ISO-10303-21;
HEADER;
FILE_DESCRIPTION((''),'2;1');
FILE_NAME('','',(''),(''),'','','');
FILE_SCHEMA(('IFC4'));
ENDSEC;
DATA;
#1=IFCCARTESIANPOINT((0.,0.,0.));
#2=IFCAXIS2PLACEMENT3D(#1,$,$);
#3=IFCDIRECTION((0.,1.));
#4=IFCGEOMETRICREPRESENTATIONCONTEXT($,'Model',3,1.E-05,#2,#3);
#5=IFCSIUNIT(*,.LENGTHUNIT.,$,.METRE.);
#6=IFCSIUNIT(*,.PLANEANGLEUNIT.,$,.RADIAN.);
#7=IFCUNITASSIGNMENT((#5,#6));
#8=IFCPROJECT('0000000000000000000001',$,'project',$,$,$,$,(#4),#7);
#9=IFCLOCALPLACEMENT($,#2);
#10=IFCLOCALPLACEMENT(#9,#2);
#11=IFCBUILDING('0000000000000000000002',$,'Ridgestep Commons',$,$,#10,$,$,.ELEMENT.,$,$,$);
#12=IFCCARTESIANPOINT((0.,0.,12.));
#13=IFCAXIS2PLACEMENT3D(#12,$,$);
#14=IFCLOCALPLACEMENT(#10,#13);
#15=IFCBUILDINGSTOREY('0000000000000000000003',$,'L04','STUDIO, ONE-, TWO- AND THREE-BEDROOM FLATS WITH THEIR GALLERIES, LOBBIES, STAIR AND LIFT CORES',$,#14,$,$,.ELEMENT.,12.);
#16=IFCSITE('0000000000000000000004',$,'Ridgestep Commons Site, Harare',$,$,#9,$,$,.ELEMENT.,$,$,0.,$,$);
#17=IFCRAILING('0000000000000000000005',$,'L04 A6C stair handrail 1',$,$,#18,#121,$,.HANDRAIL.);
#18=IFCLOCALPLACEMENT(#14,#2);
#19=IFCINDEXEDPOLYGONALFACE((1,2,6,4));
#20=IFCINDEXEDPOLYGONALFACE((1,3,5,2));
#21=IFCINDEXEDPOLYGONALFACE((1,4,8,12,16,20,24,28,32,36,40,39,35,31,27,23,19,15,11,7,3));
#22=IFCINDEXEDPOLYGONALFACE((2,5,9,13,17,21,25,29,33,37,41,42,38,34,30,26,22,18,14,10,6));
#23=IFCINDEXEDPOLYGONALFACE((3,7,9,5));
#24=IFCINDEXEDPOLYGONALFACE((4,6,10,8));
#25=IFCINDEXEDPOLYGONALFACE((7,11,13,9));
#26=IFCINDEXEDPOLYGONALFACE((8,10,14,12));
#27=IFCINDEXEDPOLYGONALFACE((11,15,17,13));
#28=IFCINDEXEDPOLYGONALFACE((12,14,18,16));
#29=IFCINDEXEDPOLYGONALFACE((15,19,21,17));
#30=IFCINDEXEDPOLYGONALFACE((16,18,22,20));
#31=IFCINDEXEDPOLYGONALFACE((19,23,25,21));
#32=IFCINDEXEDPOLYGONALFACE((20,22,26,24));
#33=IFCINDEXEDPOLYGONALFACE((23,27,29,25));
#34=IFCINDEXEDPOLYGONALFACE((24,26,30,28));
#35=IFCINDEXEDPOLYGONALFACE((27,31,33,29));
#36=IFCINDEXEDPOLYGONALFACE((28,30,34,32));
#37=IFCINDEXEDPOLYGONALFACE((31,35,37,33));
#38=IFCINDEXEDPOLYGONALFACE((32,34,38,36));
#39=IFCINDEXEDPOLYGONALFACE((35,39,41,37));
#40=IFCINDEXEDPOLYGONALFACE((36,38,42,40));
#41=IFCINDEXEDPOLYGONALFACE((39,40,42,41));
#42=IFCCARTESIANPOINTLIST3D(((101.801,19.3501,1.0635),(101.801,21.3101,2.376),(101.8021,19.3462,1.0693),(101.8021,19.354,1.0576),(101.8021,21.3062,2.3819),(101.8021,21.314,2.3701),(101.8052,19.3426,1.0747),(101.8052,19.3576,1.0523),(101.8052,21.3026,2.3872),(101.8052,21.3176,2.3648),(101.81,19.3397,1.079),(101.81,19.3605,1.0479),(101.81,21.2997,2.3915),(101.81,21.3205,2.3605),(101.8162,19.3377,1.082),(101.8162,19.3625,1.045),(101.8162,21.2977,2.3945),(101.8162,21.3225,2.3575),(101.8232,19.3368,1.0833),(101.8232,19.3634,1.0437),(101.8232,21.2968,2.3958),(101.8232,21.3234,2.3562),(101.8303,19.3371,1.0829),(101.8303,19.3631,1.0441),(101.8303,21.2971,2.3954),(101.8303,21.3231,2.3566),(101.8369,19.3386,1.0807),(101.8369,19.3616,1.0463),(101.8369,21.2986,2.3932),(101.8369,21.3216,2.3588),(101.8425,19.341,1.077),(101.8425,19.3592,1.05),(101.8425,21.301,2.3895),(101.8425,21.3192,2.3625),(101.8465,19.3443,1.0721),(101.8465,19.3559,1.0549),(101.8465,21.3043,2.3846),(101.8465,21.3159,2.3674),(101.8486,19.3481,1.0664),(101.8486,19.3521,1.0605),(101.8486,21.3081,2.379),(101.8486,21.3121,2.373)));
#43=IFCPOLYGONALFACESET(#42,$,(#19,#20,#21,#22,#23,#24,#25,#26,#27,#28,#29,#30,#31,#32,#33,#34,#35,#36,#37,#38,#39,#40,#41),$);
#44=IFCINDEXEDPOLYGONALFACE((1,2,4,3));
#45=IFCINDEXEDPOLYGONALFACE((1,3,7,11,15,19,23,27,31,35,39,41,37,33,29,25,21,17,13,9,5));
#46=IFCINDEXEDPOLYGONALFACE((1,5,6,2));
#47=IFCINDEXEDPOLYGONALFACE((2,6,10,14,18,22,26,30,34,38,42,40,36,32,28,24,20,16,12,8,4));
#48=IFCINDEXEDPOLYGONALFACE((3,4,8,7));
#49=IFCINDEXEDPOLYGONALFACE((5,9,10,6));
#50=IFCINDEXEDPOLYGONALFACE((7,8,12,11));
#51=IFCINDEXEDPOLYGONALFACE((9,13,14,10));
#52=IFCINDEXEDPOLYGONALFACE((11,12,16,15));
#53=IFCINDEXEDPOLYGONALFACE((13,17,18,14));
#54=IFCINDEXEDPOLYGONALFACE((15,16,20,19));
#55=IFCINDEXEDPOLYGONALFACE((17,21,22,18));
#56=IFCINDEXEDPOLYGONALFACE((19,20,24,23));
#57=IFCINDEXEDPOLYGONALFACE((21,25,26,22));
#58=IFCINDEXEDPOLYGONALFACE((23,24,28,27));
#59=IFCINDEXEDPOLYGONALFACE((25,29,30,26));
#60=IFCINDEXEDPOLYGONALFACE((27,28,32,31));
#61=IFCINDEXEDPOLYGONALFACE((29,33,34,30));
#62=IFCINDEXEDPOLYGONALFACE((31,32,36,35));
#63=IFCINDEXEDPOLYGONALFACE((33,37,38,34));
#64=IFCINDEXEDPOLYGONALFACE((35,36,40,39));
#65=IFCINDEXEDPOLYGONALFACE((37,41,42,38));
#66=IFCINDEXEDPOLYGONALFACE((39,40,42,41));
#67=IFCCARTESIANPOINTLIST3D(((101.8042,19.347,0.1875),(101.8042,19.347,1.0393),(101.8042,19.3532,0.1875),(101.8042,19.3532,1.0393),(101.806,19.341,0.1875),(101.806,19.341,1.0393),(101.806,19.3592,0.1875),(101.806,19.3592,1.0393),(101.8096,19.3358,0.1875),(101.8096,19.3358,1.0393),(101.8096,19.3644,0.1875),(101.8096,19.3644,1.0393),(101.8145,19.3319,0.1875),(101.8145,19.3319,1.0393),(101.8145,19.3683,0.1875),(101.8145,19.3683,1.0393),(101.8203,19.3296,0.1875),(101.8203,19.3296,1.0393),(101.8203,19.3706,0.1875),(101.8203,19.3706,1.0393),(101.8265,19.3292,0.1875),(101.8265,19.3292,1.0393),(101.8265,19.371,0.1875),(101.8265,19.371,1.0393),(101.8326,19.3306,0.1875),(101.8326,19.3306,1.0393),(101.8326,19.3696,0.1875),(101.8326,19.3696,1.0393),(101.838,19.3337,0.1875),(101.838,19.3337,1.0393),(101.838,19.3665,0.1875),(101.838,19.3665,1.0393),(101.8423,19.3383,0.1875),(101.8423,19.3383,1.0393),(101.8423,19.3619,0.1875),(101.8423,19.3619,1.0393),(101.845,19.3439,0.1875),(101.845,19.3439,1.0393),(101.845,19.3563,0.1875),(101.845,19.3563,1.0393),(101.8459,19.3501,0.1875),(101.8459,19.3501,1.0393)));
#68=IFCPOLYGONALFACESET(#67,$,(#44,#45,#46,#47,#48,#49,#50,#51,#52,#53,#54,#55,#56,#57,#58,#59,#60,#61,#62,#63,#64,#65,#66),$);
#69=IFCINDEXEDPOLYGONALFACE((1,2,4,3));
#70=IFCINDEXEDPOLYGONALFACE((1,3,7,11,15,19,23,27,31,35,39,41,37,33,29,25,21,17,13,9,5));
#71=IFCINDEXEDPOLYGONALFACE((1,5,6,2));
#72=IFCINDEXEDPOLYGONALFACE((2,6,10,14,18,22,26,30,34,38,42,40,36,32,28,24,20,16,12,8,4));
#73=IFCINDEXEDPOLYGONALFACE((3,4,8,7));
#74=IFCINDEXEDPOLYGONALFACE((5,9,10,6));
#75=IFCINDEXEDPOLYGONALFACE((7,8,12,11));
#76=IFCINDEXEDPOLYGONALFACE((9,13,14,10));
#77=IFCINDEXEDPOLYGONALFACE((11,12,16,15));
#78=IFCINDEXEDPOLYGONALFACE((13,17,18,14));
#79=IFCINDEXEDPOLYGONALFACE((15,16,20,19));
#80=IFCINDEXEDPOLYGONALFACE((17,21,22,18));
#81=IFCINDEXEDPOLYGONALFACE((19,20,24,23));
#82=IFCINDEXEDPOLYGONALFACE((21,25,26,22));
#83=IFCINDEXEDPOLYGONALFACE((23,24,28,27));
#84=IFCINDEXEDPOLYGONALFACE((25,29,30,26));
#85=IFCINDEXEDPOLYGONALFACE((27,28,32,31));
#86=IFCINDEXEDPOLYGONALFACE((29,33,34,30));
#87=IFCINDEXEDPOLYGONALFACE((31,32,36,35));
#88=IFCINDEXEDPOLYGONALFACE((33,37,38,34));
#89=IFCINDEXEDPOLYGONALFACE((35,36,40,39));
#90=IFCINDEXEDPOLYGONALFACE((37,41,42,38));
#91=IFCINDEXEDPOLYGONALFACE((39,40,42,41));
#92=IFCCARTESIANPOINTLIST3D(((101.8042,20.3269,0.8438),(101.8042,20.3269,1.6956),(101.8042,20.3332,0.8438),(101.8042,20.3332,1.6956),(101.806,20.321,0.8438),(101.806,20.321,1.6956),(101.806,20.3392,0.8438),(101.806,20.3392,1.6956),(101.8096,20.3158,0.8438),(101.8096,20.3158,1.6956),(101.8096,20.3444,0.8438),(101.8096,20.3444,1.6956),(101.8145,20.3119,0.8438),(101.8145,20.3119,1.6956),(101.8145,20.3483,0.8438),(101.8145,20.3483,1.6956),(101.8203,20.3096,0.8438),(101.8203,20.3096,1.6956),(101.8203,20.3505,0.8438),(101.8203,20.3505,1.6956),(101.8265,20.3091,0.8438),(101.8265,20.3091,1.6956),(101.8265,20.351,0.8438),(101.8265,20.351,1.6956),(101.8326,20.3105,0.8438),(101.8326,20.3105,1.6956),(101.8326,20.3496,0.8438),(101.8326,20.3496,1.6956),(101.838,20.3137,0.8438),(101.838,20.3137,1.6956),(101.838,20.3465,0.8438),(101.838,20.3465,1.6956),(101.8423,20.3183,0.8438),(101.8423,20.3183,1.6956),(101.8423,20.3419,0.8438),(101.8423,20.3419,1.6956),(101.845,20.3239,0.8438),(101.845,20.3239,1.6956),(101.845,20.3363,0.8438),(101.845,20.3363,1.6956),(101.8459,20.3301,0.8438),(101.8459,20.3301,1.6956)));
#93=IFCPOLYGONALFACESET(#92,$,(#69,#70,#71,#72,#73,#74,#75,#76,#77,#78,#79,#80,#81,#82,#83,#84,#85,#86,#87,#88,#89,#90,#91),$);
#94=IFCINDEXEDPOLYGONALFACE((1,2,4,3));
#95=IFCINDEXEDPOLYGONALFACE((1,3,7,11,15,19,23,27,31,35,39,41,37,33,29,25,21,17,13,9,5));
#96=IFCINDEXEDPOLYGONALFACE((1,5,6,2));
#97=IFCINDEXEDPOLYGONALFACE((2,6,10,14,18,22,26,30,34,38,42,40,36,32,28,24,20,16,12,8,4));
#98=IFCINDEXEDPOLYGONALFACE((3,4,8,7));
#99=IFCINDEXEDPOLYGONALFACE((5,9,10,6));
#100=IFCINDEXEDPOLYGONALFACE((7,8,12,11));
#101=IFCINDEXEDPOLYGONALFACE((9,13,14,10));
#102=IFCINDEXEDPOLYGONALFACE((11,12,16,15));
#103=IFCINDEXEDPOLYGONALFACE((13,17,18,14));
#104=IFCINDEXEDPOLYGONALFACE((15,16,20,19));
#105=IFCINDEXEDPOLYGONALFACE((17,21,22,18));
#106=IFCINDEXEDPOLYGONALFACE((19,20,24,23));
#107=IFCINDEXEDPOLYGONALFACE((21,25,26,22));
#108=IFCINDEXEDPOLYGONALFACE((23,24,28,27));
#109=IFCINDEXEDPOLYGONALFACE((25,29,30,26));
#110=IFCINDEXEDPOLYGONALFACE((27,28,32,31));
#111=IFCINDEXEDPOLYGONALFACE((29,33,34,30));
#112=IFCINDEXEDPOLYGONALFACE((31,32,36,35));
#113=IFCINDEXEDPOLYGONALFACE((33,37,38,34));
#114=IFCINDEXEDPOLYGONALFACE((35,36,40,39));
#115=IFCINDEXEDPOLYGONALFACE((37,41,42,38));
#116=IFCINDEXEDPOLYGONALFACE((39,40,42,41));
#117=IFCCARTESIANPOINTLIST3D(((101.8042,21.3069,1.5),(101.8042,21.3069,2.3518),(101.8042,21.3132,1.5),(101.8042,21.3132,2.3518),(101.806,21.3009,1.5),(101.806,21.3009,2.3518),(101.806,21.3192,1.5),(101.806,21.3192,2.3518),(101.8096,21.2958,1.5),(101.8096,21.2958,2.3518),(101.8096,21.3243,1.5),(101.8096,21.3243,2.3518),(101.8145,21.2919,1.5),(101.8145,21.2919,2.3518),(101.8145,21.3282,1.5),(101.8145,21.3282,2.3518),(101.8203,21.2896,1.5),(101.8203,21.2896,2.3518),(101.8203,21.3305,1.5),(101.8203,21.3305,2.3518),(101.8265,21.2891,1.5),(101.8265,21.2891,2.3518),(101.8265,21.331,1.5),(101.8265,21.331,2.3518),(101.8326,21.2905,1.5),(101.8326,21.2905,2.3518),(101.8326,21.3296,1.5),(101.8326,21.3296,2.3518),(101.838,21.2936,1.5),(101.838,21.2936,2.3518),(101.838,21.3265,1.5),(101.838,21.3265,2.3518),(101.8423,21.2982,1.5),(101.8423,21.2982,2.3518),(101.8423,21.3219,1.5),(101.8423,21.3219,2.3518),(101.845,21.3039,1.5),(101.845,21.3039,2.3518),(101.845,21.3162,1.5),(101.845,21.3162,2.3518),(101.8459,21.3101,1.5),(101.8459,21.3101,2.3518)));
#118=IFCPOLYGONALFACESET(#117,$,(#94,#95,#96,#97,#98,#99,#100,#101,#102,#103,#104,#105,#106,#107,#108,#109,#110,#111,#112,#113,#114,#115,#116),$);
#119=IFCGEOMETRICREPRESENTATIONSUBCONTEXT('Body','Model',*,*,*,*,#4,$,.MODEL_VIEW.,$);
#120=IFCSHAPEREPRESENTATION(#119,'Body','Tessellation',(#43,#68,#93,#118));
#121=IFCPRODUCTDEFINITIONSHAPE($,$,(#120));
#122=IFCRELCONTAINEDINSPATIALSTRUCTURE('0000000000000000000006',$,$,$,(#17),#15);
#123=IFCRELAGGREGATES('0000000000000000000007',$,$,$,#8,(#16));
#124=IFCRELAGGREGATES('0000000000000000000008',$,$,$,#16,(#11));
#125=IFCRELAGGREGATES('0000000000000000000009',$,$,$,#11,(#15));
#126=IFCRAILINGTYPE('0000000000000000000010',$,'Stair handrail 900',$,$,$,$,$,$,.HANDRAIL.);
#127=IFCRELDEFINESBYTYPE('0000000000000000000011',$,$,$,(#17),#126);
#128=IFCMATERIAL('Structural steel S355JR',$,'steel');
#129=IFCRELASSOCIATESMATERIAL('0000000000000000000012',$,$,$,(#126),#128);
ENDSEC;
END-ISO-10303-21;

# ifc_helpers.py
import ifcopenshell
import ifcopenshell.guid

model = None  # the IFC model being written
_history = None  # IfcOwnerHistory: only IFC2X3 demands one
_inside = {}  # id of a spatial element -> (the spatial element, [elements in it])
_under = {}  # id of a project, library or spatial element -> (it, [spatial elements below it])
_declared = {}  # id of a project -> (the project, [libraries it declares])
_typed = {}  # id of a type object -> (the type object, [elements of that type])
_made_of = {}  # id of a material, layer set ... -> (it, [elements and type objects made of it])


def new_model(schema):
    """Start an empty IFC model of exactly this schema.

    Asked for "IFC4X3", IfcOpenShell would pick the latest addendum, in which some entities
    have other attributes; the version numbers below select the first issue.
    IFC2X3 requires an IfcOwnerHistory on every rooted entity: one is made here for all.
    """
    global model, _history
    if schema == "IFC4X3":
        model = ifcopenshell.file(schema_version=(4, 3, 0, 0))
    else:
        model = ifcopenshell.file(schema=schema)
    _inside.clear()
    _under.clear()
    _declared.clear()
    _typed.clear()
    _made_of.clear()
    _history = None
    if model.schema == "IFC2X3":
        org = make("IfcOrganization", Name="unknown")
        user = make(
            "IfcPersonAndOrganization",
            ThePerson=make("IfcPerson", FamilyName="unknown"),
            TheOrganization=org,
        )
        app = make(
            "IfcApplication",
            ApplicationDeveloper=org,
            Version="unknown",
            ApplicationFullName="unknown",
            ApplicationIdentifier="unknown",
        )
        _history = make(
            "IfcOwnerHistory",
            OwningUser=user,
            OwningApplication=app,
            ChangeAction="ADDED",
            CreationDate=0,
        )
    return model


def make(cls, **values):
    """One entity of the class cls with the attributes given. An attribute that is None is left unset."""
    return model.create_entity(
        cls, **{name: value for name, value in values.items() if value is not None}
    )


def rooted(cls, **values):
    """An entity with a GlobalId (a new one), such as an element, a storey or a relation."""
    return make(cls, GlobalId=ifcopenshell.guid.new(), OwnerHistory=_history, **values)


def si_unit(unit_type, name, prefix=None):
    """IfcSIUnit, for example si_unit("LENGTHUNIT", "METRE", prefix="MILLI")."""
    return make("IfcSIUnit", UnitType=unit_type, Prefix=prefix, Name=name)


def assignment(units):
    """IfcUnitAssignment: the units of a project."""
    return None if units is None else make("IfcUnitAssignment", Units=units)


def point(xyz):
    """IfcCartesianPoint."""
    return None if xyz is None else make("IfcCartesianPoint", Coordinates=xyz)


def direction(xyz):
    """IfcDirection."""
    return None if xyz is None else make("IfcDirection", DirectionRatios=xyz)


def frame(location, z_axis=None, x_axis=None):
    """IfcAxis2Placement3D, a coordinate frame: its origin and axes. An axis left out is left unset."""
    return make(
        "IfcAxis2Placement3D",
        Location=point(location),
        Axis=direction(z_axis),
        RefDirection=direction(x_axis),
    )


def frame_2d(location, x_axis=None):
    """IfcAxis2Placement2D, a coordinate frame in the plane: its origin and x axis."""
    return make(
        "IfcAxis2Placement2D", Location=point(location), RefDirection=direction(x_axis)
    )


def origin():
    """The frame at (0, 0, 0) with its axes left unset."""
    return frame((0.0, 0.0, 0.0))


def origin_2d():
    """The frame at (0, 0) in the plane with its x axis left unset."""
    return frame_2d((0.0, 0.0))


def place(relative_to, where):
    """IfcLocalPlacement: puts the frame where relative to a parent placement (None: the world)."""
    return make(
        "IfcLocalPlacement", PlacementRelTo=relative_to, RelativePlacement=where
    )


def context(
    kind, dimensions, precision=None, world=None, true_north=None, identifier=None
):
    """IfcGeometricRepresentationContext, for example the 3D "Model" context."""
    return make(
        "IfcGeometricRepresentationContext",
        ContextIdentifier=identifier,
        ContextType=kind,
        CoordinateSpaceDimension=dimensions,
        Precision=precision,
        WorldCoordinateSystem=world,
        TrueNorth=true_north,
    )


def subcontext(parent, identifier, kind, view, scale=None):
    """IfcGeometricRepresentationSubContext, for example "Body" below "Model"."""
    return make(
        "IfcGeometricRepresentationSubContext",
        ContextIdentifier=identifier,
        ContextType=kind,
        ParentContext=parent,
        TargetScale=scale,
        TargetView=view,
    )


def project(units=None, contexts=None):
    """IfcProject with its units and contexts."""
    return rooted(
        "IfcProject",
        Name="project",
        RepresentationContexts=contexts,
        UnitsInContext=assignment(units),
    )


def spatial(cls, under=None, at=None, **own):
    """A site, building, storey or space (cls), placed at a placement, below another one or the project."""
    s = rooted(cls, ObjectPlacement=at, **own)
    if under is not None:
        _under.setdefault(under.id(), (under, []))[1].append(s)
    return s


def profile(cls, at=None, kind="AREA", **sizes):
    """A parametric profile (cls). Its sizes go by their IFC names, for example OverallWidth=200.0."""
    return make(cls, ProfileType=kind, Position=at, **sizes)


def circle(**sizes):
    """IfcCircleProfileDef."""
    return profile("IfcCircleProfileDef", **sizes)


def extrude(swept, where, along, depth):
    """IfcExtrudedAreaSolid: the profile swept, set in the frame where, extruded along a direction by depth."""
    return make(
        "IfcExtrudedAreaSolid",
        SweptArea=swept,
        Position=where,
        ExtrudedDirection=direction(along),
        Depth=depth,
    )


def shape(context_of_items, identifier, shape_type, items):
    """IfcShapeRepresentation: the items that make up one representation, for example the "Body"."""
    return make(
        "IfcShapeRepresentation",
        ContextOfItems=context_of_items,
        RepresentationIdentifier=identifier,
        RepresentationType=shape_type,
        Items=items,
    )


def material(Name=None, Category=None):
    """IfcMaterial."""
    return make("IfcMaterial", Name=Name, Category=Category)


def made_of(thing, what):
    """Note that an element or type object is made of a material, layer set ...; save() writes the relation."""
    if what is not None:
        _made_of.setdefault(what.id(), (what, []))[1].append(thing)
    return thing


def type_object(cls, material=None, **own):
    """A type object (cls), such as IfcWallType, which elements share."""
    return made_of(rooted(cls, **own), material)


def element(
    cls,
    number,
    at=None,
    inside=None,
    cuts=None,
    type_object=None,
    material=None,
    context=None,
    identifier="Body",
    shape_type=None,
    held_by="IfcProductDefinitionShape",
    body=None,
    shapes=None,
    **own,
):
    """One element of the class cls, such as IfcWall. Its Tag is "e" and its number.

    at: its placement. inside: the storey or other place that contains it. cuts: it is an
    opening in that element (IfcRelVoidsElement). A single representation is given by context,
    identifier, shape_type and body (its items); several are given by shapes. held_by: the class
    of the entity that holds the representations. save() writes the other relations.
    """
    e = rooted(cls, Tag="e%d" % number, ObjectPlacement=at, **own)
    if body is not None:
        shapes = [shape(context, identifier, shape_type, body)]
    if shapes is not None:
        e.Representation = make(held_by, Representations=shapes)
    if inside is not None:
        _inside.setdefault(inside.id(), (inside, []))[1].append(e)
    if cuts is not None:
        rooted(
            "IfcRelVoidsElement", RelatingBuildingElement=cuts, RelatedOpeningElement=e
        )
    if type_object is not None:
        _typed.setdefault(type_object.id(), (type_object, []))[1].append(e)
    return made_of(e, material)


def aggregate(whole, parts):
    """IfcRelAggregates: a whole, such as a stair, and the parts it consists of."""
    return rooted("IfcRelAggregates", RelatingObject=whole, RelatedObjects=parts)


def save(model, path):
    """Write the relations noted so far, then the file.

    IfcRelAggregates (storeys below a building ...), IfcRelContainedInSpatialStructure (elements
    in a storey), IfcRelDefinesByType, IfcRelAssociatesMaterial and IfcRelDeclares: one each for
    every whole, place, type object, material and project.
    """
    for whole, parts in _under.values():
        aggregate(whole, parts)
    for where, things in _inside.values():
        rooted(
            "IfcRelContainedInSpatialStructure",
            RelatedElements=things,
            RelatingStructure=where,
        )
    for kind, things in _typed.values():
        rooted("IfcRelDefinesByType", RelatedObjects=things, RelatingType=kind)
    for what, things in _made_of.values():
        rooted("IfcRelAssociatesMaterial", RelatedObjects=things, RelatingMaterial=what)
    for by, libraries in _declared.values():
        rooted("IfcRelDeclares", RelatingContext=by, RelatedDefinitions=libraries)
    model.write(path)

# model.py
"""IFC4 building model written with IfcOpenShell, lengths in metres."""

from ifc_helpers import new_model, si_unit, direction, frame, origin, origin_2d, place, context, subcontext, project, spatial, circle, extrude, material, type_object, element, save


model = new_model("IFC4")

# Units and contexts
model_context = context("Model", 3, precision=1e-05, world=origin(), true_north=direction((0.0, 1.0)))
body_context = subcontext(model_context, "Body", "Model", "MODEL_VIEW")
ifc_project = project(units=[si_unit("LENGTHUNIT", "METRE"), si_unit("PLANEANGLEUNIT", "RADIAN")], contexts=[model_context])

# Site, building, storey
site_placement = place(None, origin())
site = spatial("IfcSite", under=ifc_project, at=site_placement, Name="Ridgestep Commons Site, Harare", CompositionType="ELEMENT", RefElevation=0.0)
building_placement = place(site_placement, origin())
building = spatial("IfcBuilding", under=site, at=building_placement, Name="Ridgestep Commons", CompositionType="ELEMENT")
storey_placement = place(building_placement, frame((0.0, 0.0, 12.0)))
storey = spatial("IfcBuildingStorey", under=building, at=storey_placement, Name="L04", Description="STUDIO, ONE-, TWO- AND THREE-BEDROOM FLATS WITH THEIR GALLERIES, LOBBIES, STAIR AND LIFT CORES", CompositionType="ELEMENT", Elevation=12.0)

# Railing
ifc_material_1 = material(Name="Structural steel S355JR", Category="steel")
railing_type_1 = type_object("IfcRailingType", Name="Stair handrail 900", PredefinedType="HANDRAIL", material=ifc_material_1)
railing_1_placement = place(storey_placement, frame((101.825, 19.3501, 0.1875)))
element("IfcRailing", 1, at=railing_1_placement, inside=storey, type_object=railing_type_1, Name="L04 A6C stair handrail 1", PredefinedType="HANDRAIL", context=body_context, shape_type="SweptSolid", body=[
    extrude(circle(Radius=0.0239, at=origin_2d()), frame((0.0, 0.0, 0.876), z_axis=(0.0, 0.830902, 0.556419), x_axis=(-1.0, 0.0, 0.0)), (0.0, 0.0, 1.0), 2.3589),
    extrude(circle(Radius=0.021, at=origin_2d()), origin(), (0.0, 0.0, 1.0), 0.8518),
    extrude(circle(Radius=0.021, at=origin_2d()), frame((0.0, 0.98, 0.6562)), (0.0, 0.0, 1.0), 0.8518),
    extrude(circle(Radius=0.021, at=origin_2d()), frame((0.0, 1.96, 1.3125)), (0.0, 0.0, 1.0), 0.8518),
])

save(model, "model.ifc")
